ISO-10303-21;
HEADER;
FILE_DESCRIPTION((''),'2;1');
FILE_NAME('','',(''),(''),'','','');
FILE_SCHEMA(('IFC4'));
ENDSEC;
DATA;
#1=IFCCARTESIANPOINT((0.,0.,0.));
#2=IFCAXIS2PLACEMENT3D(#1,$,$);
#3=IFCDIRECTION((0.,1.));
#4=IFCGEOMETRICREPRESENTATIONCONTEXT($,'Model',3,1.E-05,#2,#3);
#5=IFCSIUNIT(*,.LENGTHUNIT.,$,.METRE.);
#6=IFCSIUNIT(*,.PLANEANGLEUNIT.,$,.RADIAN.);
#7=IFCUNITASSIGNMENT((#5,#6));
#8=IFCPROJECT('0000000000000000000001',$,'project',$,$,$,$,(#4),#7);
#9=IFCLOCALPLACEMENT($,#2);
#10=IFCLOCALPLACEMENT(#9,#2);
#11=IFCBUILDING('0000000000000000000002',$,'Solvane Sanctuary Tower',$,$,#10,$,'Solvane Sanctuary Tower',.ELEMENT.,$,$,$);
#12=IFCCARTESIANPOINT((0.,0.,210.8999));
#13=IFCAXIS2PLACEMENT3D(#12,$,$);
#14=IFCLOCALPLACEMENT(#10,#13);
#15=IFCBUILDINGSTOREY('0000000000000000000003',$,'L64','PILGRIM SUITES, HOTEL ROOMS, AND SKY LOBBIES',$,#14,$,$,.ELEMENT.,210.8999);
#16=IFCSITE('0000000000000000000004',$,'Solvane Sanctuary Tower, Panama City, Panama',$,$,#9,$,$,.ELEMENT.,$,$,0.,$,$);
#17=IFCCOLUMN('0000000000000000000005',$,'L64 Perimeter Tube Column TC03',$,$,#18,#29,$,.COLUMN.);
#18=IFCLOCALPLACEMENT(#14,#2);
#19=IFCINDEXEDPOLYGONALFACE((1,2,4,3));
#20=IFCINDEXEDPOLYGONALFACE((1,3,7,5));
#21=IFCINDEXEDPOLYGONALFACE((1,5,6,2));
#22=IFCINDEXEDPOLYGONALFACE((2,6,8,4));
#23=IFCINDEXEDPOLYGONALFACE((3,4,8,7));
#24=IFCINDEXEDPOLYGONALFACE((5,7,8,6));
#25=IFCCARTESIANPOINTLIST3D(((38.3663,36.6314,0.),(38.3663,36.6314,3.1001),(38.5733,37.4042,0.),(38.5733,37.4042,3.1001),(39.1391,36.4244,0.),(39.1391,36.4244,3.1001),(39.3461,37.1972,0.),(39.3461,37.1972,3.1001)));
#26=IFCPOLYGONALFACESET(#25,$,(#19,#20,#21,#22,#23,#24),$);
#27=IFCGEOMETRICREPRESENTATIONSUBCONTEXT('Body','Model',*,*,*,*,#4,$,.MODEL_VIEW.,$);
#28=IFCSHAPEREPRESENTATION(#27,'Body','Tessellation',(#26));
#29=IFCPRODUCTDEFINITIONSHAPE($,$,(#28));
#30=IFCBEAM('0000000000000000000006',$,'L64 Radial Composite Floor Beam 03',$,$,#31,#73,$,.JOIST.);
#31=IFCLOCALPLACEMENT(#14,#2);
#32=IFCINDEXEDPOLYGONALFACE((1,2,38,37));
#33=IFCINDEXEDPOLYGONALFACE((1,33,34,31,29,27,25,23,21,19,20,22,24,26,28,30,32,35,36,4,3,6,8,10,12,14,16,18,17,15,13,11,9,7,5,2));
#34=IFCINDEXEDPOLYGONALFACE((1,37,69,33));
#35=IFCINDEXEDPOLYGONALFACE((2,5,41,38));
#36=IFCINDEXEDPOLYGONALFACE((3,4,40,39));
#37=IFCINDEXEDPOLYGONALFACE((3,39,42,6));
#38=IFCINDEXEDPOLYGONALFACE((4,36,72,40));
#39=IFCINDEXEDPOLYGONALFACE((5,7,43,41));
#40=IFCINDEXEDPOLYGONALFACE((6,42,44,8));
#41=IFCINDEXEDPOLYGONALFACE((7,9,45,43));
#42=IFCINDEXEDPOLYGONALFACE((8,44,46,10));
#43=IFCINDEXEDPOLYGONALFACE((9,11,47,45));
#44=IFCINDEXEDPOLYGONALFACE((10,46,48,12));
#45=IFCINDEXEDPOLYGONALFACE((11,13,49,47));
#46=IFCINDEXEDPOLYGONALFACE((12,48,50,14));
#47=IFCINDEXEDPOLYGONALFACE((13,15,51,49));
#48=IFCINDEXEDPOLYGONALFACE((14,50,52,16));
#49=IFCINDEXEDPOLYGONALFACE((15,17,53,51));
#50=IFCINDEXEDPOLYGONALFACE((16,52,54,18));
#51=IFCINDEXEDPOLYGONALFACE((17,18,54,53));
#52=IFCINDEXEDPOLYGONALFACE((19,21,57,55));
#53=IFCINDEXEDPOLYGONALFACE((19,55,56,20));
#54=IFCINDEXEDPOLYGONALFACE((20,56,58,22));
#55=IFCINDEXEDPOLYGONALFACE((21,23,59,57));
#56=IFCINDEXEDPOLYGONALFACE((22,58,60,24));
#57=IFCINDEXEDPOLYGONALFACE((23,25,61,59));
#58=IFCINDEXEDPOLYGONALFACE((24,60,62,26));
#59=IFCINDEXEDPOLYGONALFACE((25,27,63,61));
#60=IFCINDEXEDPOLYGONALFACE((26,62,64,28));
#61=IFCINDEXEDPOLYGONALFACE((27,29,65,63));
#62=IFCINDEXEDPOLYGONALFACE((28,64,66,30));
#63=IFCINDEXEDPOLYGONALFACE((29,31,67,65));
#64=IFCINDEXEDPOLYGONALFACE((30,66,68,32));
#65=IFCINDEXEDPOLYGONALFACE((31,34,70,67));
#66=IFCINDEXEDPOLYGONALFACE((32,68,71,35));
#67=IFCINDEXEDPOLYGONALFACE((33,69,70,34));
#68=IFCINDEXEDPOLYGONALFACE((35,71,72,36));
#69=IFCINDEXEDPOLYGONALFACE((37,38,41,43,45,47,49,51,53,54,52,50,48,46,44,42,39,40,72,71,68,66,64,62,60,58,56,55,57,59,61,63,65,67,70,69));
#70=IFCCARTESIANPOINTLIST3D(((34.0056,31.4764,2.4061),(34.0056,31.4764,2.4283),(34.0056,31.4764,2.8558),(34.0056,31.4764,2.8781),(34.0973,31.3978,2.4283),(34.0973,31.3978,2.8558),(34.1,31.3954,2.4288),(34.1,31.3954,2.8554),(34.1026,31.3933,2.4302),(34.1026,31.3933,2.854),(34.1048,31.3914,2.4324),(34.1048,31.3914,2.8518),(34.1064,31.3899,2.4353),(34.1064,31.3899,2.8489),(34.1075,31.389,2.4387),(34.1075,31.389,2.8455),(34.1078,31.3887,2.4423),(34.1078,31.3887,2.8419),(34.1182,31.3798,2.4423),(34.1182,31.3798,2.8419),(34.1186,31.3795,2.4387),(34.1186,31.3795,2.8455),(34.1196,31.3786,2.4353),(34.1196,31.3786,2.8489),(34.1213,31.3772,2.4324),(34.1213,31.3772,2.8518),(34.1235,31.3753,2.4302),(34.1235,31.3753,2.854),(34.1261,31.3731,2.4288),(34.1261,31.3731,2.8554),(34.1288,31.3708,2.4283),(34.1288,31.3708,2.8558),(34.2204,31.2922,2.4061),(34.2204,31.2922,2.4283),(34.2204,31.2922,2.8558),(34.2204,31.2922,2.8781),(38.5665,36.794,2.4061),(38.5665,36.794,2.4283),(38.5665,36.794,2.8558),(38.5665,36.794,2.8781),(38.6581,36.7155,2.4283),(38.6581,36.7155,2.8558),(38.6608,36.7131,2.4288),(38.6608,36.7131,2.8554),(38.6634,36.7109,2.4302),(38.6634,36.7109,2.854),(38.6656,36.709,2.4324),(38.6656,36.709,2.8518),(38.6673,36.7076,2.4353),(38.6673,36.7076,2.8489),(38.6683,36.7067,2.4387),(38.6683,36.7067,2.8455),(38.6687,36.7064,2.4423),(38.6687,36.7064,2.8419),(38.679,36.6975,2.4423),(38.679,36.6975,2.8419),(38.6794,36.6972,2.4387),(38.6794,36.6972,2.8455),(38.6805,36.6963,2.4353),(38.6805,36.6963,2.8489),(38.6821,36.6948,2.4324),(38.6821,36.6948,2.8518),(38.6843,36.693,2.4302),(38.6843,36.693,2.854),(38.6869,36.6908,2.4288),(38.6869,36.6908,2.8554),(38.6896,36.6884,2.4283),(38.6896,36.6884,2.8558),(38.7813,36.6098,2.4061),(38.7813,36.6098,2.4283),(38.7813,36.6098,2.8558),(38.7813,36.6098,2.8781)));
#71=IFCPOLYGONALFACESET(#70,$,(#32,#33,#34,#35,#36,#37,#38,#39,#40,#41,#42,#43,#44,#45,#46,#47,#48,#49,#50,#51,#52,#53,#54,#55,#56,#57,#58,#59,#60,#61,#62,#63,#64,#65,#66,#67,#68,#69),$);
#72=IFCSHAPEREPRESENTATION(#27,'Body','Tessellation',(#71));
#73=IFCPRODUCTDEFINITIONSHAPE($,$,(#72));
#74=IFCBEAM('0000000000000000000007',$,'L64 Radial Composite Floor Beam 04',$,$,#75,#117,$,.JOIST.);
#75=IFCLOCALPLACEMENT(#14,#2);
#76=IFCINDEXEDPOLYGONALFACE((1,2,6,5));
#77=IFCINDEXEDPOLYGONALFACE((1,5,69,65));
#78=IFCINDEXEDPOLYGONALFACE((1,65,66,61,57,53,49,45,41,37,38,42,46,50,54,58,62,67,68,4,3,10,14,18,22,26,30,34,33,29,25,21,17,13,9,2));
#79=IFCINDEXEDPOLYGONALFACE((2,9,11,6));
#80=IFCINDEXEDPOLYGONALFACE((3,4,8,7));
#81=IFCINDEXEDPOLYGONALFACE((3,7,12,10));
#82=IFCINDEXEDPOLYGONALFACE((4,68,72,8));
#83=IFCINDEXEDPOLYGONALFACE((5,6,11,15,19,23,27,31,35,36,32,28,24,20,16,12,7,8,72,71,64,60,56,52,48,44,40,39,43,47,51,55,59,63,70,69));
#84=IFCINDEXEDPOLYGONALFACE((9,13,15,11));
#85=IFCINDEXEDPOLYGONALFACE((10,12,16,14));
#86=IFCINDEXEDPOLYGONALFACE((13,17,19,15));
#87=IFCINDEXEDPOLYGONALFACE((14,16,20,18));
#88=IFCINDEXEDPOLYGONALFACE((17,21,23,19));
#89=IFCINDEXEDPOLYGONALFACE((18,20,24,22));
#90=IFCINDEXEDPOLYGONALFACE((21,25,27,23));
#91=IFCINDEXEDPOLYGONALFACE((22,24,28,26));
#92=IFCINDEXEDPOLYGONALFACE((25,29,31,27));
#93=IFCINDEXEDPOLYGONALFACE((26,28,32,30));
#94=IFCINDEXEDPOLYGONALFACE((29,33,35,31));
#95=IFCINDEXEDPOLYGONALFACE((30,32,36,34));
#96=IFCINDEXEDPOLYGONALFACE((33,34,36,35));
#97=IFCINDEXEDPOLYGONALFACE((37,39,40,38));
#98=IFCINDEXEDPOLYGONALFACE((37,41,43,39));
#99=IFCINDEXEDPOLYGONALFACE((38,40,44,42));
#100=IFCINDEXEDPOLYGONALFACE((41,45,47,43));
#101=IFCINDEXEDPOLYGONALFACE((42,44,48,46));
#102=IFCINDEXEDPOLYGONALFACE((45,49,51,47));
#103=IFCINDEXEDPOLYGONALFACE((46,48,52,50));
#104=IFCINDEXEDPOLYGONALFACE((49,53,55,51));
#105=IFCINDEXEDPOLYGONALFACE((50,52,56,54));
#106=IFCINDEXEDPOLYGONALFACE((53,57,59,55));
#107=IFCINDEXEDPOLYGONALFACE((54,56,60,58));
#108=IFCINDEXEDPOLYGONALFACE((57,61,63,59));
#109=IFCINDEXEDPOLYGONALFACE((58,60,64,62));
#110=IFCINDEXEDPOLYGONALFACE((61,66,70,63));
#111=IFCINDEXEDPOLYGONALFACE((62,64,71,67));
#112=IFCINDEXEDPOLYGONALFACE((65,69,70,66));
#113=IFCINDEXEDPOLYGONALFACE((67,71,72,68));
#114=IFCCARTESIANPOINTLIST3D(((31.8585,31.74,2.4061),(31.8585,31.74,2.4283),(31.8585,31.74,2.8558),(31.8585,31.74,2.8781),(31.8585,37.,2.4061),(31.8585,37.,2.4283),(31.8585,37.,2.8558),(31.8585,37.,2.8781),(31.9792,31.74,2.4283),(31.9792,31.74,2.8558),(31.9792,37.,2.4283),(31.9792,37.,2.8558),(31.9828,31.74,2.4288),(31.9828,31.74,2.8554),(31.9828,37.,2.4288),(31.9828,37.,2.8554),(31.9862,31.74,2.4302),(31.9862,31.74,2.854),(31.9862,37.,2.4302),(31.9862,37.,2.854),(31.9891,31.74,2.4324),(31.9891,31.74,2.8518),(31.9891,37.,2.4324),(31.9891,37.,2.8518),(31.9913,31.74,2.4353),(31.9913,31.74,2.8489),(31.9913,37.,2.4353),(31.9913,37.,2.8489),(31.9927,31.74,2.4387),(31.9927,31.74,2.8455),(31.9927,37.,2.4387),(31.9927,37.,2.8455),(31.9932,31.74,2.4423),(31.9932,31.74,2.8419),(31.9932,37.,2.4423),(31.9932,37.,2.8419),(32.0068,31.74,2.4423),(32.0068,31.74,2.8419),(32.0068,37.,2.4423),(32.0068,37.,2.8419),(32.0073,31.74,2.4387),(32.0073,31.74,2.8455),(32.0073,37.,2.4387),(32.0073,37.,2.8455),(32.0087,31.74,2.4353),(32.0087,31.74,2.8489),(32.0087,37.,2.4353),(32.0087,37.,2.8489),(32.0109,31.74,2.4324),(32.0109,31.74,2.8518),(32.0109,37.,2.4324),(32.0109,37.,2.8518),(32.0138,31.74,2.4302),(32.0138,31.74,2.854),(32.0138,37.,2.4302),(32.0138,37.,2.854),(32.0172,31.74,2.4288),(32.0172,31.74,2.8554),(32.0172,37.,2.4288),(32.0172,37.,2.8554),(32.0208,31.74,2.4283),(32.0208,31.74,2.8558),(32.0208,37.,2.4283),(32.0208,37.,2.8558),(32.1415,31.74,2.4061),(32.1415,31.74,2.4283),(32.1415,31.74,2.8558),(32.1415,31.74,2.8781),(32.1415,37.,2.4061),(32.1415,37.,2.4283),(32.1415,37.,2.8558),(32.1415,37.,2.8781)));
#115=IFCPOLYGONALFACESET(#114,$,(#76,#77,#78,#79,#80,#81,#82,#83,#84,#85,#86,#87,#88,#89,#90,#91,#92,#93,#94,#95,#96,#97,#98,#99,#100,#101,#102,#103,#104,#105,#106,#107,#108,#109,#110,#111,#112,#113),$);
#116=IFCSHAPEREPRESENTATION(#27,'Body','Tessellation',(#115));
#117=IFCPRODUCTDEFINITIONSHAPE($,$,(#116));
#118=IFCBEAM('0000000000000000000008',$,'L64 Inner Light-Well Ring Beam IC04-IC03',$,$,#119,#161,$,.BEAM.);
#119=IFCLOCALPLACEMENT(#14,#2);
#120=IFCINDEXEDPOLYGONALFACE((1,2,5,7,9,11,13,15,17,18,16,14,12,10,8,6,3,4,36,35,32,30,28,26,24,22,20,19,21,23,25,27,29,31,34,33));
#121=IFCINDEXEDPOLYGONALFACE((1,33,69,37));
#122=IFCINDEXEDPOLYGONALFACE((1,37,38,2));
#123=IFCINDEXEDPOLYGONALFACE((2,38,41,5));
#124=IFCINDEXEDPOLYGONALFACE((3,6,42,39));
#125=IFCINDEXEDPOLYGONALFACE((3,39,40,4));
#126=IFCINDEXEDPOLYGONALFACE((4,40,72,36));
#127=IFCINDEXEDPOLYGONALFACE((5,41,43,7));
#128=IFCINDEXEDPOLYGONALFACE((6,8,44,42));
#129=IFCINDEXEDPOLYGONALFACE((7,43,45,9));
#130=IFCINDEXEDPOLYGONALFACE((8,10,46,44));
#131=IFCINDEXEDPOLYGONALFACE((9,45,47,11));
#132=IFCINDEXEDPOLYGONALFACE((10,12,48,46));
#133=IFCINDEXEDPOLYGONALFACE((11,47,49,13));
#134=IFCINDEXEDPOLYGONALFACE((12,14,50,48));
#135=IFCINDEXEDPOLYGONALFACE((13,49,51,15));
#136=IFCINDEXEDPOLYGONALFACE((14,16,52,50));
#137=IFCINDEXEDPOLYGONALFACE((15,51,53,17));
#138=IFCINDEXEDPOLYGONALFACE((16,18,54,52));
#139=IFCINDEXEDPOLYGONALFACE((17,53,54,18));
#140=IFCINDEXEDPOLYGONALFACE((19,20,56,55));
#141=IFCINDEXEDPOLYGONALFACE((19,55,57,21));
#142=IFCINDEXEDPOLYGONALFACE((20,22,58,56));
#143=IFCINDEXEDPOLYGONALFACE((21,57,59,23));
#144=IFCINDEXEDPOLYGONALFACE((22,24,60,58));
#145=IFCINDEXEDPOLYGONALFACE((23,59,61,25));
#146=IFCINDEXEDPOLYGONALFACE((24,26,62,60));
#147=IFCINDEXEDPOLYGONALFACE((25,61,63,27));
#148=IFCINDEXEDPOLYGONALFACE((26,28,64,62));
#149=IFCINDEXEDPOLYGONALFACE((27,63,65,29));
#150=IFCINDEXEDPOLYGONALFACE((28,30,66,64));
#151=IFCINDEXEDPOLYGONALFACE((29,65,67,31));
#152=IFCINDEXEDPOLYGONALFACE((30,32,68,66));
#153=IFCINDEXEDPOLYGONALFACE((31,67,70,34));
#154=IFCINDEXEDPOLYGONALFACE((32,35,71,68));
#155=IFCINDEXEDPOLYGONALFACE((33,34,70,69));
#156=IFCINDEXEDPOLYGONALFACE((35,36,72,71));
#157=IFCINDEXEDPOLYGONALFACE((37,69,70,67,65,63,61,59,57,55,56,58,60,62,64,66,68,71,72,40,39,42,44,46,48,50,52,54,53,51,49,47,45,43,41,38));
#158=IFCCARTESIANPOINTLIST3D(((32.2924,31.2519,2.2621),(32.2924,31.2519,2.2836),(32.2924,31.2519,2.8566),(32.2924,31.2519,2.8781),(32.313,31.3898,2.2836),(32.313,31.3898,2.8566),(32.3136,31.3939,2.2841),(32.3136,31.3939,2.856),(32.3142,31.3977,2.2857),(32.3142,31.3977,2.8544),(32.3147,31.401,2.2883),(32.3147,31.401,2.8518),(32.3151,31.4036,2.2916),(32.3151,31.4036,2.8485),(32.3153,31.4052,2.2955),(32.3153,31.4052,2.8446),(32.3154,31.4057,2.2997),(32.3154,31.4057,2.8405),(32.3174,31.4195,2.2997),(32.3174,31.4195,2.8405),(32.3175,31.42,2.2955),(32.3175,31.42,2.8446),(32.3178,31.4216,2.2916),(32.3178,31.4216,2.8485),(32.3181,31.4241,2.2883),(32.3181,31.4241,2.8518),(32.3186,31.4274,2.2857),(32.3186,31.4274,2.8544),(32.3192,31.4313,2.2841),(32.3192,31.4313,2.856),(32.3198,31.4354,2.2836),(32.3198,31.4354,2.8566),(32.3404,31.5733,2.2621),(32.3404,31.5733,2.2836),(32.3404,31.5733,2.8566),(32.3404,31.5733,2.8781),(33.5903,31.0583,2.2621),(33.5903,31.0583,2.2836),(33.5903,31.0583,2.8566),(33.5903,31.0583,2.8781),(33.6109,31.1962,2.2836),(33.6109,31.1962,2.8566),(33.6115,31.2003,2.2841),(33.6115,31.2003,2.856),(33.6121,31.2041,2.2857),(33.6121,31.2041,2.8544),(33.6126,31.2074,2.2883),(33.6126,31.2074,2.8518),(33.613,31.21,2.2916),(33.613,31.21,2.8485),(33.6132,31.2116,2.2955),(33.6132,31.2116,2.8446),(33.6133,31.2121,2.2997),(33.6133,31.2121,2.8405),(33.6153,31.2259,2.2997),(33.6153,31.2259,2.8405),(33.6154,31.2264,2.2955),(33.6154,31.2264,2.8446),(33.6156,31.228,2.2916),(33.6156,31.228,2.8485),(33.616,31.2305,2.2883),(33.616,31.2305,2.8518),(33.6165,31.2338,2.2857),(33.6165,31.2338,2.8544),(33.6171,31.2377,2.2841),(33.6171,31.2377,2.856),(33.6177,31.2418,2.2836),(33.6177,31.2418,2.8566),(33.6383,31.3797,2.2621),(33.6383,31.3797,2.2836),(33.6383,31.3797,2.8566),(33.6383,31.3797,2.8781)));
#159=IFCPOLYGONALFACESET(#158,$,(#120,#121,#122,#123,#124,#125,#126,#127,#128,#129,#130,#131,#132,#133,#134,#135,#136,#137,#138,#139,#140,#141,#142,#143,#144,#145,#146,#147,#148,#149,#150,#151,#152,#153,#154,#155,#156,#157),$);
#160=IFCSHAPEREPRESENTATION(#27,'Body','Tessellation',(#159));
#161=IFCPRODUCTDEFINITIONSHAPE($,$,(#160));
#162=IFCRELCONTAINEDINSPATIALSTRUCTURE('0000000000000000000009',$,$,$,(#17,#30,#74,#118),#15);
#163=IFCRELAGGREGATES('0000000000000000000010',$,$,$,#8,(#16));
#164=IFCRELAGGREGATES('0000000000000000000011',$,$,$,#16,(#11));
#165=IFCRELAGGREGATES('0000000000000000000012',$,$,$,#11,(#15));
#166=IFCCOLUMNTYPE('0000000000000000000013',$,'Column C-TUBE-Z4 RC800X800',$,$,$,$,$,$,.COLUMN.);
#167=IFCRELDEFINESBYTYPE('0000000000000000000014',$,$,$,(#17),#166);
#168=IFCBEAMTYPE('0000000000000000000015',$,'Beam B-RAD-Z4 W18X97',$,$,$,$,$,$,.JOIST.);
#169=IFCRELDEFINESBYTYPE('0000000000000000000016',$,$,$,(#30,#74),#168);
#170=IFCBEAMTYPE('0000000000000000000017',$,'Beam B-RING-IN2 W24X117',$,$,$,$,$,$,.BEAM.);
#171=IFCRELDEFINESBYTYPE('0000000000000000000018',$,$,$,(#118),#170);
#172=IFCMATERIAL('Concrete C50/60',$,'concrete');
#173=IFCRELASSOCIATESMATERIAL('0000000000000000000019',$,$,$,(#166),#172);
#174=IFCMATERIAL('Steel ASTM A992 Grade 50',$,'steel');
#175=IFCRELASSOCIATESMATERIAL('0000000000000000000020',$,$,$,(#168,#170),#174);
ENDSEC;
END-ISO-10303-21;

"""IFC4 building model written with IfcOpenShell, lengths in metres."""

from ifc_helpers import new_model, si_unit, direction, frame, origin, origin_2d, place, context, subcontext, project, spatial, rectangle, i_section, extrude, material, material_profile, profile_set, type_object, element, save


model = new_model("IFC4")

# Units and contexts
model_context = context("Model", 3, precision=1e-05, world=origin(), true_north=direction((0.0, 1.0)))
body_context = subcontext(model_context, "Body", "Model", "MODEL_VIEW")
ifc_project = project(units=[si_unit("LENGTHUNIT", "METRE"), si_unit("PLANEANGLEUNIT", "RADIAN")], contexts=[model_context])

# Site, building, storey
site_placement = place(None, origin())
site = spatial("IfcSite", under=ifc_project, at=site_placement, Name="Solvane Sanctuary Tower, Panama City, Panama", CompositionType="ELEMENT", RefElevation=0.0)
building_placement = place(site_placement, origin())
building = spatial("IfcBuilding", under=site, at=building_placement, Name="Solvane Sanctuary Tower", LongName="Solvane Sanctuary Tower", CompositionType="ELEMENT")
storey_placement = place(building_placement, frame((0.0, 0.0, 210.8999)))
storey = spatial("IfcBuildingStorey", under=building, at=storey_placement, Name="L64", Description="PILGRIM SUITES, HOTEL ROOMS, AND SKY LOBBIES", CompositionType="ELEMENT", Elevation=210.8999)

# Column
ifc_material_1 = material(Name="Concrete C50/60", Category="concrete")
ifc_material_profile_1 = material_profile(ifc_material_1, rectangle(XDim=0.8, YDim=0.8, at=origin_2d()), Name="RC800X800")
ifc_profile_set_1 = profile_set([ifc_material_profile_1], Name="Concrete C50/60")
column_type = type_object("IfcColumnType", Name="Column C-TUBE-Z4 RC800X800", PredefinedType="COLUMN", material=ifc_profile_set_1)
column_placement = place(storey_placement, frame((38.8562, 36.9143, 0.0), z_axis=(0.0, 0.0, 1.0), x_axis=(0.258819, 0.965926, 0.0)))
element("IfcColumn", 1, at=column_placement, inside=storey, type_object=column_type, Name="L64 Perimeter Tube Column TC03", PredefinedType="COLUMN", context=body_context, shape_type="SweptSolid", body=[
    extrude(rectangle(XDim=0.8, YDim=0.8, at=origin_2d()), origin(), (0.0, 0.0, 1.0), 3.1001),
])

# Beams
ifc_material_2 = material(Name="Steel ASTM A992 Grade 50", Category="steel")
ifc_material_profile_2 = material_profile(ifc_material_2, i_section(OverallWidth=0.283, OverallDepth=0.4719, WebThickness=0.0137, FlangeThickness=0.0222, FilletRadius=0.0139, at=origin_2d()), Name="W18X97")
ifc_profile_set_2 = profile_set([ifc_material_profile_2], Name="Steel ASTM A992 Grade 50")
beam_type_1 = type_object("IfcBeamType", Name="Beam B-RAD-Z4 W18X97", PredefinedType="JOIST", material=ifc_profile_set_2)
beam_1_placement = place(storey_placement, frame((34.113, 31.3843, 2.6421), z_axis=(0.651024, 0.759057, 0.0), x_axis=(-0.759057, 0.651024, 0.0)))
element("IfcBeam", 2, at=beam_1_placement, inside=storey, type_object=beam_type_1, Name="L64 Radial Composite Floor Beam 03", PredefinedType="JOIST", context=body_context, shape_type="SweptSolid", body=[
    extrude(i_section(OverallWidth=0.283, OverallDepth=0.4719, WebThickness=0.0137, FlangeThickness=0.0222, FilletRadius=0.0139, at=origin_2d()), origin(), (0.0, 0.0, 1.0), 7.0056),
])
beam_2_placement = place(storey_placement, frame((32.0, 31.74, 2.6421), z_axis=(0.0, 1.0, 0.0), x_axis=(-1.0, 0.0, 0.0)))
element("IfcBeam", 3, at=beam_2_placement, inside=storey, type_object=beam_type_1, Name="L64 Radial Composite Floor Beam 04", PredefinedType="JOIST", context=body_context, shape_type="SweptSolid", body=[
    extrude(i_section(OverallWidth=0.283, OverallDepth=0.4719, WebThickness=0.0137, FlangeThickness=0.0222, FilletRadius=0.0139, at=origin_2d()), origin(), (0.0, 0.0, 1.0), 5.26),
])
ifc_material_profile_3 = material_profile(ifc_material_2, i_section(OverallWidth=0.325, OverallDepth=0.616, WebThickness=0.0139, FlangeThickness=0.0215, FilletRadius=0.0161, at=origin_2d()), Name="W24X117")
ifc_profile_set_3 = profile_set([ifc_material_profile_3], Name="Steel ASTM A992 Grade 50")
beam_type_2 = type_object("IfcBeamType", Name="Beam B-RING-IN2 W24X117", PredefinedType="BEAM", material=ifc_profile_set_3)
beam_3_placement = place(storey_placement, frame((32.3164, 31.4126, 2.5701), z_axis=(0.989056, -0.14754, 0.0), x_axis=(0.14754, 0.989056, 0.0)))
element("IfcBeam", 4, at=beam_3_placement, inside=storey, type_object=beam_type_2, Name="L64 Inner Light-Well Ring Beam IC04-IC03", PredefinedType="BEAM", context=body_context, shape_type="SweptSolid", body=[
    extrude(i_section(OverallWidth=0.325, OverallDepth=0.616, WebThickness=0.0139, FlangeThickness=0.0215, FilletRadius=0.0161, at=origin_2d()), origin(), (0.0, 0.0, 1.0), 1.3123),
])

save(model, "model.ifc")
